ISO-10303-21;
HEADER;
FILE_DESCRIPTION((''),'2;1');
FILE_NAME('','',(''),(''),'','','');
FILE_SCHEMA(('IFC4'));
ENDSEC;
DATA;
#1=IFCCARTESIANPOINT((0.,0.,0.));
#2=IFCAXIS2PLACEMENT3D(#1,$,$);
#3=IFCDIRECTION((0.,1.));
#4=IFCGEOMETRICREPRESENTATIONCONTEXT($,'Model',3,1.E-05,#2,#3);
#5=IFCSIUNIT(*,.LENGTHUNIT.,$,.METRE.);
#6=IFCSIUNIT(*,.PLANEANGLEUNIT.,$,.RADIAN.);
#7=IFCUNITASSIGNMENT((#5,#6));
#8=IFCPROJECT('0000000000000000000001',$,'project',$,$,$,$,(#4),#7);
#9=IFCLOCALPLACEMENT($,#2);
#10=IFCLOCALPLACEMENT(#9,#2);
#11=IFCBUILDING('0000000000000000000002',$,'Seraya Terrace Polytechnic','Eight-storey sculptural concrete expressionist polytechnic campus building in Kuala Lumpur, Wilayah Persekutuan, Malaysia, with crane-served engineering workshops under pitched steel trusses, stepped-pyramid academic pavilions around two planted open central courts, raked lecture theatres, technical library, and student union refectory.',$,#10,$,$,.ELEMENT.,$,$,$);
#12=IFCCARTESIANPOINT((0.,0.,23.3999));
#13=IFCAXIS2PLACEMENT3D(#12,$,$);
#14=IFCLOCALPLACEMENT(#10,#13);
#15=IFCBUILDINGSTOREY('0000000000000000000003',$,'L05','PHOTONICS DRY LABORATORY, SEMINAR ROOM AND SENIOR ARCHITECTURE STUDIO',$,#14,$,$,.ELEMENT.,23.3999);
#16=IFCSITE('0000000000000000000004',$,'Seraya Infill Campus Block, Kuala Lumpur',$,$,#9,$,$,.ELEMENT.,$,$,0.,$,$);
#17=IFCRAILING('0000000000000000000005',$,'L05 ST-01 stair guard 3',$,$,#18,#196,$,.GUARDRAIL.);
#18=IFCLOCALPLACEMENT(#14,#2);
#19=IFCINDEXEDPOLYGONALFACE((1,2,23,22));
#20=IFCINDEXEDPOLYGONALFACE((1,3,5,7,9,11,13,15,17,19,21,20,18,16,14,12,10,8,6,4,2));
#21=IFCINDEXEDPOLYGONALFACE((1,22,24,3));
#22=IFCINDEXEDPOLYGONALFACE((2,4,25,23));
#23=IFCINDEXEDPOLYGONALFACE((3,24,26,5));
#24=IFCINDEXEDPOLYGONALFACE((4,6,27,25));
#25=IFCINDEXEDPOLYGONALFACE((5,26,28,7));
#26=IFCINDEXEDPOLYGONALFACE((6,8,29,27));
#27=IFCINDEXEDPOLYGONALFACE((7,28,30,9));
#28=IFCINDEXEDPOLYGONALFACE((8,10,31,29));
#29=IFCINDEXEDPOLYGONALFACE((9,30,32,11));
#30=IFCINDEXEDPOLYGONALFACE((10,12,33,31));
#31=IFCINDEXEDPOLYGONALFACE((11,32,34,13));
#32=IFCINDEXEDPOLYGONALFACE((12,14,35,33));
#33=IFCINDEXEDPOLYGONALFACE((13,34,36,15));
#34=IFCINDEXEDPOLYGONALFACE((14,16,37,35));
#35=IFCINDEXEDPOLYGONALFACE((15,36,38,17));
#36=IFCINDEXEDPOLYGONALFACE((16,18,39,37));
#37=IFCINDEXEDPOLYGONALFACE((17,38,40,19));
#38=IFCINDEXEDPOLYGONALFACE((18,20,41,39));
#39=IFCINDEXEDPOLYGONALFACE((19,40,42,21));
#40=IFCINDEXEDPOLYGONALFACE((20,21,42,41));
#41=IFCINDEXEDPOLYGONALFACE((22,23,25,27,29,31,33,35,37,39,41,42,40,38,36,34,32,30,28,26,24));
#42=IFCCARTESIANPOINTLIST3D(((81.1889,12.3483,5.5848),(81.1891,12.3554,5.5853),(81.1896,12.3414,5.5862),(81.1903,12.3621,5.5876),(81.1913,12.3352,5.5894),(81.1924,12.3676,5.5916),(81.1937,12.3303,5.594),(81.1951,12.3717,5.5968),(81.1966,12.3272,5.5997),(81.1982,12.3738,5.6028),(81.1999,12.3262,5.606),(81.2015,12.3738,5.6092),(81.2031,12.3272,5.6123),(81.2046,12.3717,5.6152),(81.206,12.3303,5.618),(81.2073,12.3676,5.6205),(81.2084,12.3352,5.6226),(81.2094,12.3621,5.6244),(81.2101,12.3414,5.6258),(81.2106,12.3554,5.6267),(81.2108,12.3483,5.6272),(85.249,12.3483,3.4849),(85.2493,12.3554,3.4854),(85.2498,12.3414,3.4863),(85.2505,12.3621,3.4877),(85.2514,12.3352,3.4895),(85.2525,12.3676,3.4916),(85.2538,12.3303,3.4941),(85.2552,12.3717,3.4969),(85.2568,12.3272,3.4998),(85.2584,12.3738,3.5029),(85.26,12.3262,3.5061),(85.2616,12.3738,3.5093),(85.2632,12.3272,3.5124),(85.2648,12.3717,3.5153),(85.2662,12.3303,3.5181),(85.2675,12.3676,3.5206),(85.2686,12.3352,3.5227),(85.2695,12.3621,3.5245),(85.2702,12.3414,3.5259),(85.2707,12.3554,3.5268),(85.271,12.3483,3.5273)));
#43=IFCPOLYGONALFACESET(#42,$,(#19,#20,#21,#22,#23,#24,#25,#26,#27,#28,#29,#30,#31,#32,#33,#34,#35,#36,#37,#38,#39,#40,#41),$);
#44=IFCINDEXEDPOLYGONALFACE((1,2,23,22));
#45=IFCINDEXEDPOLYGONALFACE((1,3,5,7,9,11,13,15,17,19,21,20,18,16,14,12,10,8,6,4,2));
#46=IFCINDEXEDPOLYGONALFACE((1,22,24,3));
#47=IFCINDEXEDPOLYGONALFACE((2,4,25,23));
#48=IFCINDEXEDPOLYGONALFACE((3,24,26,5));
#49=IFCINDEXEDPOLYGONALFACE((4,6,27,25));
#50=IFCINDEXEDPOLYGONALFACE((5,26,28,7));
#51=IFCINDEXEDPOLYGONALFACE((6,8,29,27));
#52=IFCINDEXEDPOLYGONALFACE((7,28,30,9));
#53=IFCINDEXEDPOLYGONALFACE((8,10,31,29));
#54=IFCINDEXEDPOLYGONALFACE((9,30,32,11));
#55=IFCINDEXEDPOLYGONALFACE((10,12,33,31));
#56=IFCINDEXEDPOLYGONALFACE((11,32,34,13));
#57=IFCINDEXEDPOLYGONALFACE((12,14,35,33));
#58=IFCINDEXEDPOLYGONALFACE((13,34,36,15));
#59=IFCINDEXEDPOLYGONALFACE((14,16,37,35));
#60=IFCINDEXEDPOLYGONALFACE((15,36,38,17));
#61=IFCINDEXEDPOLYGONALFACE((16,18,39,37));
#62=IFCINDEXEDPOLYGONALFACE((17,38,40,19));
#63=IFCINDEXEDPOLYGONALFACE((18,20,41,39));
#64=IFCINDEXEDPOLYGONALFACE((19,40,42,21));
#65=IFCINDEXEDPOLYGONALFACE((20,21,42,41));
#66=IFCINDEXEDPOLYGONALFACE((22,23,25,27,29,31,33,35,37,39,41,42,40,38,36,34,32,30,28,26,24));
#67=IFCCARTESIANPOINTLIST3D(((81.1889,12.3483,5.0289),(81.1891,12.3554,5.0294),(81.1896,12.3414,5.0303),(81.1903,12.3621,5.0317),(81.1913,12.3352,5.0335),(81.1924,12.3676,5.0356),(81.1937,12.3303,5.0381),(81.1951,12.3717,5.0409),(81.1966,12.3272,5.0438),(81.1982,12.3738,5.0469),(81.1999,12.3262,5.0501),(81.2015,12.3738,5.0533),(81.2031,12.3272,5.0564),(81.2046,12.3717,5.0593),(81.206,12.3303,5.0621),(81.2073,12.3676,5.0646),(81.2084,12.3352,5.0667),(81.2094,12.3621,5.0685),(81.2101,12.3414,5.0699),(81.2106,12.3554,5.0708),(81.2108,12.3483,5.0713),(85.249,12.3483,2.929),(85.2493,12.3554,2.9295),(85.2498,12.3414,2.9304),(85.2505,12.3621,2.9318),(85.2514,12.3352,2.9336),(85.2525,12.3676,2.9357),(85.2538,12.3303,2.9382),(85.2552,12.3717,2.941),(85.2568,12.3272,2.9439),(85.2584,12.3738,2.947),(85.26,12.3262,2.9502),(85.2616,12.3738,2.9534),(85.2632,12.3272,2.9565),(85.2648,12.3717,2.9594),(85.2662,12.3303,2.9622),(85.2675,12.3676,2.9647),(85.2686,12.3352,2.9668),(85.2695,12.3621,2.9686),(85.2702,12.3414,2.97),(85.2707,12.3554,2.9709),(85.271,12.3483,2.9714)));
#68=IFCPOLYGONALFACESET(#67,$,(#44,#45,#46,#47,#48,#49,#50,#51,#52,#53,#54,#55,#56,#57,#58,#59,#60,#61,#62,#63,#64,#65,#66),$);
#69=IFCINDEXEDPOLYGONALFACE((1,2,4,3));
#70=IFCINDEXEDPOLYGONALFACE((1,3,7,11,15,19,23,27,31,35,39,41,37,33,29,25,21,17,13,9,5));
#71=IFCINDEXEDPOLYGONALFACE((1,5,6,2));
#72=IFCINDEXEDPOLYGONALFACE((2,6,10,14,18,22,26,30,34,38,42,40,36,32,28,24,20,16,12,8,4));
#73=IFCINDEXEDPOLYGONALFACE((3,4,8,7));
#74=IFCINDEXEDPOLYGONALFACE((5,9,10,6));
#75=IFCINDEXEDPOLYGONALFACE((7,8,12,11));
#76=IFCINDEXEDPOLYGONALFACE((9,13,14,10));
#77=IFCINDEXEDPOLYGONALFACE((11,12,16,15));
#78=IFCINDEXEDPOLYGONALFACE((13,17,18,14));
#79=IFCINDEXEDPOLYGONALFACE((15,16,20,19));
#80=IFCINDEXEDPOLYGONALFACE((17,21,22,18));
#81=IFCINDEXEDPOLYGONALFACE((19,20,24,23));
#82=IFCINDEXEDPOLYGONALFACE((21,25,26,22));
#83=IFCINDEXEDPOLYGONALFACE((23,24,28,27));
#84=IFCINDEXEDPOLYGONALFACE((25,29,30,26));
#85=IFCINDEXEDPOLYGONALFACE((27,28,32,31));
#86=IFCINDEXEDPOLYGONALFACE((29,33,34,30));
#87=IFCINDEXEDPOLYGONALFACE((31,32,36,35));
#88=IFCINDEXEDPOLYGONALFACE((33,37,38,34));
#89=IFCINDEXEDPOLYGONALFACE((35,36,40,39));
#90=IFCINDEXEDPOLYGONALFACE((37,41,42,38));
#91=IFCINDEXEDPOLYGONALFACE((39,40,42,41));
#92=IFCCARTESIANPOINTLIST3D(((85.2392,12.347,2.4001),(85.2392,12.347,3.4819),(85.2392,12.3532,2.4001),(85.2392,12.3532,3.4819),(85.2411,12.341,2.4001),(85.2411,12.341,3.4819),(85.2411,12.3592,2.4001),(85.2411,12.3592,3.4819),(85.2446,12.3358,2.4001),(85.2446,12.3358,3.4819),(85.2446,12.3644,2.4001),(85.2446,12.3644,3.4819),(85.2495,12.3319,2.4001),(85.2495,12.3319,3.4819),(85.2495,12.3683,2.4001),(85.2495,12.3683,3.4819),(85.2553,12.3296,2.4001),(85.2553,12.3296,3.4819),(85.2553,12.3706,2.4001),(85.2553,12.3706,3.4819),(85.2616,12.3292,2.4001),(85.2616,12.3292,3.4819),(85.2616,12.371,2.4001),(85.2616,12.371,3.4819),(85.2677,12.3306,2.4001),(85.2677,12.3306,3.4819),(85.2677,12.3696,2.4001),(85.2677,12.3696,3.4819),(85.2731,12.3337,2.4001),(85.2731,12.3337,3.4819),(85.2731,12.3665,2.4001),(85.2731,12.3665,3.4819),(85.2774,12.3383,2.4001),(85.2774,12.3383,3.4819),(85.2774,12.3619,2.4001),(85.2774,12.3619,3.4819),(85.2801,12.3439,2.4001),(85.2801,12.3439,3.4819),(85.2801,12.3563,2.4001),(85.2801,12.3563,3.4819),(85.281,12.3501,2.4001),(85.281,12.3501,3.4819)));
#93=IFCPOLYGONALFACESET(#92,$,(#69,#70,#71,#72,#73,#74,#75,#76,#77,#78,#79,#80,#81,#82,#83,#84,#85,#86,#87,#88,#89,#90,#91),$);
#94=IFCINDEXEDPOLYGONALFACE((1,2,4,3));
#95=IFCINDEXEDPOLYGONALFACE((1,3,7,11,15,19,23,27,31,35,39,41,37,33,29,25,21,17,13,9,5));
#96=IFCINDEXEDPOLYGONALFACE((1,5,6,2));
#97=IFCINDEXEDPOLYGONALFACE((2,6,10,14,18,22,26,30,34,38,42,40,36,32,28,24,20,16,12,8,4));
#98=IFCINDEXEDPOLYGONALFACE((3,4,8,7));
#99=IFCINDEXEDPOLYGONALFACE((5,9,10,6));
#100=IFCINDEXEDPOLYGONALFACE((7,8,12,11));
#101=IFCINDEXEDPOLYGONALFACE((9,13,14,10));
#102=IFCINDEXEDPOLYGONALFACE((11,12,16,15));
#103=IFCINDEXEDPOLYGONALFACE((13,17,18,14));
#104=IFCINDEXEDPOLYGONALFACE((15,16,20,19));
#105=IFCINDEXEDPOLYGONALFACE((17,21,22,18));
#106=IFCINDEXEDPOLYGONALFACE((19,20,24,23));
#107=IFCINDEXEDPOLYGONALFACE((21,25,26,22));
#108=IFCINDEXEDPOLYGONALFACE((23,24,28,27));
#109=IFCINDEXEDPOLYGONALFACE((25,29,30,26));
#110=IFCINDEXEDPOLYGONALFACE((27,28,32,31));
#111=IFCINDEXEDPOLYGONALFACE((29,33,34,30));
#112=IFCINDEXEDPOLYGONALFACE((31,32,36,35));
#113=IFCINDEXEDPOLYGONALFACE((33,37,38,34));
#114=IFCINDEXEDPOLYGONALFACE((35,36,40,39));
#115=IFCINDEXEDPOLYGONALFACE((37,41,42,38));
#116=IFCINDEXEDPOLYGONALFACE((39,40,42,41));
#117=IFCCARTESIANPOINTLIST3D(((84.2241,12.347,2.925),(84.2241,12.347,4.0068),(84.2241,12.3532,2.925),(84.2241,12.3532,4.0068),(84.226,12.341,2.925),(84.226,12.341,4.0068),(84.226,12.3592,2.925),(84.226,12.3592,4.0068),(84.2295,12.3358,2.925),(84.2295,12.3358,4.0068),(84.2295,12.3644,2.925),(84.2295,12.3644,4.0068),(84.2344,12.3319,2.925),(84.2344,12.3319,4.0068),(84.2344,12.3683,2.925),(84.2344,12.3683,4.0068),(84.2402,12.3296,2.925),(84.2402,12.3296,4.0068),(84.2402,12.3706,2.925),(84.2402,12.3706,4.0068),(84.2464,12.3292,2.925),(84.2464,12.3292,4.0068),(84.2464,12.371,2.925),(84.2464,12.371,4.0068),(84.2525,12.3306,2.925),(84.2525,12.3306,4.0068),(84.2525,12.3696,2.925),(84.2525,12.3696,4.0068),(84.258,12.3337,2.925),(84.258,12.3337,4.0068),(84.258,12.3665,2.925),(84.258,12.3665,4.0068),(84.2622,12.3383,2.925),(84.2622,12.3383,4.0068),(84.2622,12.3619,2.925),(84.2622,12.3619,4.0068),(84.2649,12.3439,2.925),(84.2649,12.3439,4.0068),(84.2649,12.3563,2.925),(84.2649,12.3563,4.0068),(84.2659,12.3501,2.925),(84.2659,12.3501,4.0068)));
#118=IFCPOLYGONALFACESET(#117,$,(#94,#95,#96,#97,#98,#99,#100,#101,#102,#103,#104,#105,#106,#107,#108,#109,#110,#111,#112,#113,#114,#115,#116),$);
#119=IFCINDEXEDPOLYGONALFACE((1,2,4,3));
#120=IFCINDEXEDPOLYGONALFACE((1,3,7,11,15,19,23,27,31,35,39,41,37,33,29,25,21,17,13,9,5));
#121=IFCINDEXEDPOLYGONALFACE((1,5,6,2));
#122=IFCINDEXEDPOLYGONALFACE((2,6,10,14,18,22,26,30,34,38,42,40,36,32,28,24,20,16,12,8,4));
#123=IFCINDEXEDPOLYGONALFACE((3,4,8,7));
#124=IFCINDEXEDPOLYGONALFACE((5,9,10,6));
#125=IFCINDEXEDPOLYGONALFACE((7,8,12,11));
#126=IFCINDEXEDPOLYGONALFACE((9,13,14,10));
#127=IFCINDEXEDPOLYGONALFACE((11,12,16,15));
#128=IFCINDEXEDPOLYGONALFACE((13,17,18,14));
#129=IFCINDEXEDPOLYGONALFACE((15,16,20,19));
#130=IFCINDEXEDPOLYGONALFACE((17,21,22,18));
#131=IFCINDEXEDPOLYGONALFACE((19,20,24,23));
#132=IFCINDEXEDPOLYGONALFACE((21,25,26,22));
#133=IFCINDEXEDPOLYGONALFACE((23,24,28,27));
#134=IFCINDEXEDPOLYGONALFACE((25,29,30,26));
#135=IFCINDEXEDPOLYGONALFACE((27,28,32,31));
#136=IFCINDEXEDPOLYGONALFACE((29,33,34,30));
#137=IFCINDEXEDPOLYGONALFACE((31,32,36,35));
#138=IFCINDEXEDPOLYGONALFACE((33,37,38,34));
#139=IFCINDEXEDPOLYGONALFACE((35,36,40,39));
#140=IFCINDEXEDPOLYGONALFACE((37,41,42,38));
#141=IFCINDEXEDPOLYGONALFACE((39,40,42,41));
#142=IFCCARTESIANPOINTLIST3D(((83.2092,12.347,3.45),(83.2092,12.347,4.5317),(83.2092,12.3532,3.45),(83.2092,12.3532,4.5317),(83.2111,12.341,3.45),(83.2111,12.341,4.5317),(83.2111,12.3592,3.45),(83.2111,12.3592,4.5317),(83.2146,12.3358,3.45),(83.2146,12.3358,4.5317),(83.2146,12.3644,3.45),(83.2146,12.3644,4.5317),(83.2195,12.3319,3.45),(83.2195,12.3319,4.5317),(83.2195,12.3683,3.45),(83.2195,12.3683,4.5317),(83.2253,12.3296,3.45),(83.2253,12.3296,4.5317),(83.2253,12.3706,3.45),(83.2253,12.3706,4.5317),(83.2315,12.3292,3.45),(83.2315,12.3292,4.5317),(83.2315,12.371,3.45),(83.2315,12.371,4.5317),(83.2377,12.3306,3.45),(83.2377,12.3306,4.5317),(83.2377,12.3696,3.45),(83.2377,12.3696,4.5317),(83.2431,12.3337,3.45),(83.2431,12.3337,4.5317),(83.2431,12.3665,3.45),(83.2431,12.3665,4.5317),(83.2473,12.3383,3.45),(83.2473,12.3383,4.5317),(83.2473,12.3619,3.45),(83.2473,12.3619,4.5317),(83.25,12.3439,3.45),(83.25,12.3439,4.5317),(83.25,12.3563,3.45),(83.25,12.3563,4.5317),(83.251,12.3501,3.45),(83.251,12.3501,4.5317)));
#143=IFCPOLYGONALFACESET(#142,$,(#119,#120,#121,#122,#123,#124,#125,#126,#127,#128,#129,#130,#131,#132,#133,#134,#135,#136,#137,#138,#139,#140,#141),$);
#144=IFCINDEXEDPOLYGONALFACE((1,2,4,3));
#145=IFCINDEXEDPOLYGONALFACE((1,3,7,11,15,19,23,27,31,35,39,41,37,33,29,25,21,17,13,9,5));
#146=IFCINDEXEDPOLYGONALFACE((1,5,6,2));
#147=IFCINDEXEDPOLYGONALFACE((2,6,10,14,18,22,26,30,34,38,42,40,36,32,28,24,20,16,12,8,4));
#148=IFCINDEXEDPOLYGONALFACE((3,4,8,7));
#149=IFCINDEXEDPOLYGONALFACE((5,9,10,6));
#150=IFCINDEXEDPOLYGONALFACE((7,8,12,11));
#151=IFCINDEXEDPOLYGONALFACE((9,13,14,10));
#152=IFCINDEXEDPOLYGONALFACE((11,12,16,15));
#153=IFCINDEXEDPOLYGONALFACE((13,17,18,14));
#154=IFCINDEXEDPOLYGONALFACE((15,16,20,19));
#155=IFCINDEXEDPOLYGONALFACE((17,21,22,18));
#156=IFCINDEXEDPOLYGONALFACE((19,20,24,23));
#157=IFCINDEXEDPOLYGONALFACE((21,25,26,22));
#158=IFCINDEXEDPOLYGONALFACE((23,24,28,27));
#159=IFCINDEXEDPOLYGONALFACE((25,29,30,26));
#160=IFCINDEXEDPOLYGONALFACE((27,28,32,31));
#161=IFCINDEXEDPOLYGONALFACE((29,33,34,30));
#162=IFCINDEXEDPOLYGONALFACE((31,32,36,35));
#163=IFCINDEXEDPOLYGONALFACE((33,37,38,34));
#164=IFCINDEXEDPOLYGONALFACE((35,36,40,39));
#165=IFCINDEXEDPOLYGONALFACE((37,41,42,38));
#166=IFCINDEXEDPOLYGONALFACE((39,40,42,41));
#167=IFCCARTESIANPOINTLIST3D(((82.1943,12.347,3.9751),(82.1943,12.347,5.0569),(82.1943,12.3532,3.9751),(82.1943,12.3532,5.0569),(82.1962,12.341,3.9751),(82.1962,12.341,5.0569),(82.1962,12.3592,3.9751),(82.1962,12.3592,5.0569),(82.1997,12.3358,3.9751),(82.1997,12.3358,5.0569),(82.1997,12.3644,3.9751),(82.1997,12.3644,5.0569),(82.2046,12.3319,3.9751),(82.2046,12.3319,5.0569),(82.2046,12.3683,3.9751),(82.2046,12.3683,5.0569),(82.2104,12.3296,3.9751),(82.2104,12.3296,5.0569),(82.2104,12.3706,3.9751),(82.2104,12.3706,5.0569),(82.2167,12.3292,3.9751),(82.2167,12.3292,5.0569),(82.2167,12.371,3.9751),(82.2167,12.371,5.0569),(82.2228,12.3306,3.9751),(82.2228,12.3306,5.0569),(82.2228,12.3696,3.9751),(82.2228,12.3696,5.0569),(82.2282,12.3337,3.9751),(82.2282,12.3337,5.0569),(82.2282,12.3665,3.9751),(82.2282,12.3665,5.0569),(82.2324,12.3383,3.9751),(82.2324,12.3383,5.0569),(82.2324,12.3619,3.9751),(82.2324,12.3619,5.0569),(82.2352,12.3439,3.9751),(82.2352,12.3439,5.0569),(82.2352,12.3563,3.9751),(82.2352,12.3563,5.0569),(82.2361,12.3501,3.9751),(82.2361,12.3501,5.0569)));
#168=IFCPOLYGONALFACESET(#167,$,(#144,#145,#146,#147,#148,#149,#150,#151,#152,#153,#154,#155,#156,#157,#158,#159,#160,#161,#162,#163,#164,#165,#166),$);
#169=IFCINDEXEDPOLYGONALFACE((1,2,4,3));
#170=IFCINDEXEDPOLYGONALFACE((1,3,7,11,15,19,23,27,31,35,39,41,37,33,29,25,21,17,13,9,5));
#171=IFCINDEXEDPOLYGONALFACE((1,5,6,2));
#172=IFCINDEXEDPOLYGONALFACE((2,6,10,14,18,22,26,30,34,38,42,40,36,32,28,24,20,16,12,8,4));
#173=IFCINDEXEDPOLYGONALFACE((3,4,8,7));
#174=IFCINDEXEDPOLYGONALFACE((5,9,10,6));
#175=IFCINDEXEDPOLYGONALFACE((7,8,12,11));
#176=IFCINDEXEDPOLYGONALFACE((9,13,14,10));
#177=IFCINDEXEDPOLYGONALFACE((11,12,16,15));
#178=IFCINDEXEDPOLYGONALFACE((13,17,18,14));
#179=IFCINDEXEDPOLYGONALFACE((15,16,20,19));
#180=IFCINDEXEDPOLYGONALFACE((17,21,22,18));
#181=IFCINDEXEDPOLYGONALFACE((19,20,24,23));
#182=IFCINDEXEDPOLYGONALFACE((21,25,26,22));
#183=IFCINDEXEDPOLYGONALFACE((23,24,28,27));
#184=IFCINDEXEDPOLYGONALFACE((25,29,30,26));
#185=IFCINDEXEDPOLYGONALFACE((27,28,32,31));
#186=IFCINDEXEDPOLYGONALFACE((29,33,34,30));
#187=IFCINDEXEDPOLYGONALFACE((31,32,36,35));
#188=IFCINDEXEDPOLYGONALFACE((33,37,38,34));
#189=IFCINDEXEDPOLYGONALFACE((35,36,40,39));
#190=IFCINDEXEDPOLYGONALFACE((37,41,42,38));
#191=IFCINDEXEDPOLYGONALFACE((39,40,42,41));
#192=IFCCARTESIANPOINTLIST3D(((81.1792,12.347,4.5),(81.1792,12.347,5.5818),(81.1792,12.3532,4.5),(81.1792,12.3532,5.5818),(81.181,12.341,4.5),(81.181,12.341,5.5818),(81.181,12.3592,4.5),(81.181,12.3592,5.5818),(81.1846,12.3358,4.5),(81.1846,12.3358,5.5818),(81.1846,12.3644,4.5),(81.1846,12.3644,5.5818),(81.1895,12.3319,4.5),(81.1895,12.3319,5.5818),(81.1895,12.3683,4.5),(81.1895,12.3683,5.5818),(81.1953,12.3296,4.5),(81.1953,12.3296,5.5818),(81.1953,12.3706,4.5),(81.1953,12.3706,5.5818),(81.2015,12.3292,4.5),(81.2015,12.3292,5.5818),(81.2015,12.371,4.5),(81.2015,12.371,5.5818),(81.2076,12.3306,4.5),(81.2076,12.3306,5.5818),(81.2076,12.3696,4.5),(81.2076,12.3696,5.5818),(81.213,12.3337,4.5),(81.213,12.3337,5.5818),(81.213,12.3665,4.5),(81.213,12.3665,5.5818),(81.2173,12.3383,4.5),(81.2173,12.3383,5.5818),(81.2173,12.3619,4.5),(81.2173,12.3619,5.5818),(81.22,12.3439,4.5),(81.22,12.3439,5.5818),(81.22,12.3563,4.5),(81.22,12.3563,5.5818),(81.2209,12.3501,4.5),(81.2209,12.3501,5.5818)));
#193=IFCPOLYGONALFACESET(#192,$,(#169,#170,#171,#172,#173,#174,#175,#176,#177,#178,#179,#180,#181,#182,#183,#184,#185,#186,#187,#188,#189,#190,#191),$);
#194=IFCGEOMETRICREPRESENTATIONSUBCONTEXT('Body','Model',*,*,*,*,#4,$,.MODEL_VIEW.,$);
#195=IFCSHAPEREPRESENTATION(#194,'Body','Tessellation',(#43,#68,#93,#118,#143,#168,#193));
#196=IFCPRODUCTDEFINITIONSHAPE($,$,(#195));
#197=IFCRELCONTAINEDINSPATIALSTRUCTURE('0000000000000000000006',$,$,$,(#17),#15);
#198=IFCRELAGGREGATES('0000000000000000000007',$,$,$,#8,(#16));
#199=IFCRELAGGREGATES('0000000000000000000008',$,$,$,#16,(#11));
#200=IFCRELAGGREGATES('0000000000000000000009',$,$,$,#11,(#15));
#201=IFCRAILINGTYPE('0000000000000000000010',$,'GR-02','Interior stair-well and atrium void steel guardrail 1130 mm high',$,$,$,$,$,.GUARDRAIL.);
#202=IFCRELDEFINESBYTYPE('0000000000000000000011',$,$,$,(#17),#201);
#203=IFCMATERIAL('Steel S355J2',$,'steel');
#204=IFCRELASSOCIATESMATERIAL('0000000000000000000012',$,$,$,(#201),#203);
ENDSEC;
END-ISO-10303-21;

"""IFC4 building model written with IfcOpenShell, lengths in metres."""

from ifc_helpers import new_model, si_unit, direction, frame, origin, origin_2d, place, context, subcontext, project, spatial, circle, extrude, material, type_object, element, save


model = new_model("IFC4")

# Units and contexts
model_context = context("Model", 3, precision=1e-05, world=origin(), true_north=direction((0.0, 1.0)))
body_context = subcontext(model_context, "Body", "Model", "MODEL_VIEW")
ifc_project = project(units=[si_unit("LENGTHUNIT", "METRE"), si_unit("PLANEANGLEUNIT", "RADIAN")], contexts=[model_context])

# Site, building, storey
site_placement = place(None, origin())
site = spatial("IfcSite", under=ifc_project, at=site_placement, Name="Seraya Infill Campus Block, Kuala Lumpur", CompositionType="ELEMENT", RefElevation=0.0)
building_placement = place(site_placement, origin())
building = spatial("IfcBuilding", under=site, at=building_placement, Name="Seraya Terrace Polytechnic", Description="Eight-storey sculptural concrete expressionist polytechnic campus building in Kuala Lumpur, Wilayah Persekutuan, Malaysia, with crane-served engineering workshops under pitched steel trusses, stepped-pyramid academic pavilions around two planted open central courts, raked lecture theatres, technical library, and student union refectory.", CompositionType="ELEMENT")
storey_placement = place(building_placement, frame((0.0, 0.0, 23.3999)))
storey = spatial("IfcBuildingStorey", under=building, at=storey_placement, Name="L05", Description="PHOTONICS DRY LABORATORY, SEMINAR ROOM AND SENIOR ARCHITECTURE STUDIO", CompositionType="ELEMENT", Elevation=23.3999)

# Railing
ifc_material_1 = material(Name="Steel S355J2", Category="steel")
railing_type_1 = type_object("IfcRailingType", Name="GR-02", Description="Interior stair-well and atrium void steel guardrail 1130 mm high", PredefinedType="GUARDRAIL", material=ifc_material_1)
railing_1_placement = place(storey_placement, frame((85.26, 12.3501, 2.4001)))
element("IfcRailing", 1, at=railing_1_placement, inside=storey, type_object=railing_type_1, Name="L05 ST-01 stair guard 3", PredefinedType="GUARDRAIL", context=body_context, shape_type="SweptSolid", body=[
    extrude(circle(Radius=0.0239, at=origin_2d()), frame((0.0, 0.0, 1.106), z_axis=(-0.888233, 0.0, 0.459392), x_axis=(0.0, -1.0, 0.0)), (0.0, 0.0, 1.0), 4.571),
    extrude(circle(Radius=0.0239, at=origin_2d()), frame((0.0, 0.0, 0.55), z_axis=(-0.888233, 0.0, 0.459392), x_axis=(0.0, -1.0, 0.0)), (0.0, 0.0, 1.0), 4.571),
    extrude(circle(Radius=0.021, at=origin_2d()), origin(), (0.0, 0.0, 1.0), 1.0818),
    extrude(circle(Radius=0.021, at=origin_2d()), frame((-1.0151, 0.0, 0.5249)), (0.0, 0.0, 1.0), 1.0818),
    extrude(circle(Radius=0.021, at=origin_2d()), frame((-2.03, 0.0, 1.0498)), (0.0, 0.0, 1.0), 1.0818),
    extrude(circle(Radius=0.021, at=origin_2d()), frame((-3.0449, 0.0, 1.575)), (0.0, 0.0, 1.0), 1.0818),
    extrude(circle(Radius=0.021, at=origin_2d()), frame((-4.0601, 0.0, 2.0999)), (0.0, 0.0, 1.0), 1.0818),
])

save(model, "model.ifc")
